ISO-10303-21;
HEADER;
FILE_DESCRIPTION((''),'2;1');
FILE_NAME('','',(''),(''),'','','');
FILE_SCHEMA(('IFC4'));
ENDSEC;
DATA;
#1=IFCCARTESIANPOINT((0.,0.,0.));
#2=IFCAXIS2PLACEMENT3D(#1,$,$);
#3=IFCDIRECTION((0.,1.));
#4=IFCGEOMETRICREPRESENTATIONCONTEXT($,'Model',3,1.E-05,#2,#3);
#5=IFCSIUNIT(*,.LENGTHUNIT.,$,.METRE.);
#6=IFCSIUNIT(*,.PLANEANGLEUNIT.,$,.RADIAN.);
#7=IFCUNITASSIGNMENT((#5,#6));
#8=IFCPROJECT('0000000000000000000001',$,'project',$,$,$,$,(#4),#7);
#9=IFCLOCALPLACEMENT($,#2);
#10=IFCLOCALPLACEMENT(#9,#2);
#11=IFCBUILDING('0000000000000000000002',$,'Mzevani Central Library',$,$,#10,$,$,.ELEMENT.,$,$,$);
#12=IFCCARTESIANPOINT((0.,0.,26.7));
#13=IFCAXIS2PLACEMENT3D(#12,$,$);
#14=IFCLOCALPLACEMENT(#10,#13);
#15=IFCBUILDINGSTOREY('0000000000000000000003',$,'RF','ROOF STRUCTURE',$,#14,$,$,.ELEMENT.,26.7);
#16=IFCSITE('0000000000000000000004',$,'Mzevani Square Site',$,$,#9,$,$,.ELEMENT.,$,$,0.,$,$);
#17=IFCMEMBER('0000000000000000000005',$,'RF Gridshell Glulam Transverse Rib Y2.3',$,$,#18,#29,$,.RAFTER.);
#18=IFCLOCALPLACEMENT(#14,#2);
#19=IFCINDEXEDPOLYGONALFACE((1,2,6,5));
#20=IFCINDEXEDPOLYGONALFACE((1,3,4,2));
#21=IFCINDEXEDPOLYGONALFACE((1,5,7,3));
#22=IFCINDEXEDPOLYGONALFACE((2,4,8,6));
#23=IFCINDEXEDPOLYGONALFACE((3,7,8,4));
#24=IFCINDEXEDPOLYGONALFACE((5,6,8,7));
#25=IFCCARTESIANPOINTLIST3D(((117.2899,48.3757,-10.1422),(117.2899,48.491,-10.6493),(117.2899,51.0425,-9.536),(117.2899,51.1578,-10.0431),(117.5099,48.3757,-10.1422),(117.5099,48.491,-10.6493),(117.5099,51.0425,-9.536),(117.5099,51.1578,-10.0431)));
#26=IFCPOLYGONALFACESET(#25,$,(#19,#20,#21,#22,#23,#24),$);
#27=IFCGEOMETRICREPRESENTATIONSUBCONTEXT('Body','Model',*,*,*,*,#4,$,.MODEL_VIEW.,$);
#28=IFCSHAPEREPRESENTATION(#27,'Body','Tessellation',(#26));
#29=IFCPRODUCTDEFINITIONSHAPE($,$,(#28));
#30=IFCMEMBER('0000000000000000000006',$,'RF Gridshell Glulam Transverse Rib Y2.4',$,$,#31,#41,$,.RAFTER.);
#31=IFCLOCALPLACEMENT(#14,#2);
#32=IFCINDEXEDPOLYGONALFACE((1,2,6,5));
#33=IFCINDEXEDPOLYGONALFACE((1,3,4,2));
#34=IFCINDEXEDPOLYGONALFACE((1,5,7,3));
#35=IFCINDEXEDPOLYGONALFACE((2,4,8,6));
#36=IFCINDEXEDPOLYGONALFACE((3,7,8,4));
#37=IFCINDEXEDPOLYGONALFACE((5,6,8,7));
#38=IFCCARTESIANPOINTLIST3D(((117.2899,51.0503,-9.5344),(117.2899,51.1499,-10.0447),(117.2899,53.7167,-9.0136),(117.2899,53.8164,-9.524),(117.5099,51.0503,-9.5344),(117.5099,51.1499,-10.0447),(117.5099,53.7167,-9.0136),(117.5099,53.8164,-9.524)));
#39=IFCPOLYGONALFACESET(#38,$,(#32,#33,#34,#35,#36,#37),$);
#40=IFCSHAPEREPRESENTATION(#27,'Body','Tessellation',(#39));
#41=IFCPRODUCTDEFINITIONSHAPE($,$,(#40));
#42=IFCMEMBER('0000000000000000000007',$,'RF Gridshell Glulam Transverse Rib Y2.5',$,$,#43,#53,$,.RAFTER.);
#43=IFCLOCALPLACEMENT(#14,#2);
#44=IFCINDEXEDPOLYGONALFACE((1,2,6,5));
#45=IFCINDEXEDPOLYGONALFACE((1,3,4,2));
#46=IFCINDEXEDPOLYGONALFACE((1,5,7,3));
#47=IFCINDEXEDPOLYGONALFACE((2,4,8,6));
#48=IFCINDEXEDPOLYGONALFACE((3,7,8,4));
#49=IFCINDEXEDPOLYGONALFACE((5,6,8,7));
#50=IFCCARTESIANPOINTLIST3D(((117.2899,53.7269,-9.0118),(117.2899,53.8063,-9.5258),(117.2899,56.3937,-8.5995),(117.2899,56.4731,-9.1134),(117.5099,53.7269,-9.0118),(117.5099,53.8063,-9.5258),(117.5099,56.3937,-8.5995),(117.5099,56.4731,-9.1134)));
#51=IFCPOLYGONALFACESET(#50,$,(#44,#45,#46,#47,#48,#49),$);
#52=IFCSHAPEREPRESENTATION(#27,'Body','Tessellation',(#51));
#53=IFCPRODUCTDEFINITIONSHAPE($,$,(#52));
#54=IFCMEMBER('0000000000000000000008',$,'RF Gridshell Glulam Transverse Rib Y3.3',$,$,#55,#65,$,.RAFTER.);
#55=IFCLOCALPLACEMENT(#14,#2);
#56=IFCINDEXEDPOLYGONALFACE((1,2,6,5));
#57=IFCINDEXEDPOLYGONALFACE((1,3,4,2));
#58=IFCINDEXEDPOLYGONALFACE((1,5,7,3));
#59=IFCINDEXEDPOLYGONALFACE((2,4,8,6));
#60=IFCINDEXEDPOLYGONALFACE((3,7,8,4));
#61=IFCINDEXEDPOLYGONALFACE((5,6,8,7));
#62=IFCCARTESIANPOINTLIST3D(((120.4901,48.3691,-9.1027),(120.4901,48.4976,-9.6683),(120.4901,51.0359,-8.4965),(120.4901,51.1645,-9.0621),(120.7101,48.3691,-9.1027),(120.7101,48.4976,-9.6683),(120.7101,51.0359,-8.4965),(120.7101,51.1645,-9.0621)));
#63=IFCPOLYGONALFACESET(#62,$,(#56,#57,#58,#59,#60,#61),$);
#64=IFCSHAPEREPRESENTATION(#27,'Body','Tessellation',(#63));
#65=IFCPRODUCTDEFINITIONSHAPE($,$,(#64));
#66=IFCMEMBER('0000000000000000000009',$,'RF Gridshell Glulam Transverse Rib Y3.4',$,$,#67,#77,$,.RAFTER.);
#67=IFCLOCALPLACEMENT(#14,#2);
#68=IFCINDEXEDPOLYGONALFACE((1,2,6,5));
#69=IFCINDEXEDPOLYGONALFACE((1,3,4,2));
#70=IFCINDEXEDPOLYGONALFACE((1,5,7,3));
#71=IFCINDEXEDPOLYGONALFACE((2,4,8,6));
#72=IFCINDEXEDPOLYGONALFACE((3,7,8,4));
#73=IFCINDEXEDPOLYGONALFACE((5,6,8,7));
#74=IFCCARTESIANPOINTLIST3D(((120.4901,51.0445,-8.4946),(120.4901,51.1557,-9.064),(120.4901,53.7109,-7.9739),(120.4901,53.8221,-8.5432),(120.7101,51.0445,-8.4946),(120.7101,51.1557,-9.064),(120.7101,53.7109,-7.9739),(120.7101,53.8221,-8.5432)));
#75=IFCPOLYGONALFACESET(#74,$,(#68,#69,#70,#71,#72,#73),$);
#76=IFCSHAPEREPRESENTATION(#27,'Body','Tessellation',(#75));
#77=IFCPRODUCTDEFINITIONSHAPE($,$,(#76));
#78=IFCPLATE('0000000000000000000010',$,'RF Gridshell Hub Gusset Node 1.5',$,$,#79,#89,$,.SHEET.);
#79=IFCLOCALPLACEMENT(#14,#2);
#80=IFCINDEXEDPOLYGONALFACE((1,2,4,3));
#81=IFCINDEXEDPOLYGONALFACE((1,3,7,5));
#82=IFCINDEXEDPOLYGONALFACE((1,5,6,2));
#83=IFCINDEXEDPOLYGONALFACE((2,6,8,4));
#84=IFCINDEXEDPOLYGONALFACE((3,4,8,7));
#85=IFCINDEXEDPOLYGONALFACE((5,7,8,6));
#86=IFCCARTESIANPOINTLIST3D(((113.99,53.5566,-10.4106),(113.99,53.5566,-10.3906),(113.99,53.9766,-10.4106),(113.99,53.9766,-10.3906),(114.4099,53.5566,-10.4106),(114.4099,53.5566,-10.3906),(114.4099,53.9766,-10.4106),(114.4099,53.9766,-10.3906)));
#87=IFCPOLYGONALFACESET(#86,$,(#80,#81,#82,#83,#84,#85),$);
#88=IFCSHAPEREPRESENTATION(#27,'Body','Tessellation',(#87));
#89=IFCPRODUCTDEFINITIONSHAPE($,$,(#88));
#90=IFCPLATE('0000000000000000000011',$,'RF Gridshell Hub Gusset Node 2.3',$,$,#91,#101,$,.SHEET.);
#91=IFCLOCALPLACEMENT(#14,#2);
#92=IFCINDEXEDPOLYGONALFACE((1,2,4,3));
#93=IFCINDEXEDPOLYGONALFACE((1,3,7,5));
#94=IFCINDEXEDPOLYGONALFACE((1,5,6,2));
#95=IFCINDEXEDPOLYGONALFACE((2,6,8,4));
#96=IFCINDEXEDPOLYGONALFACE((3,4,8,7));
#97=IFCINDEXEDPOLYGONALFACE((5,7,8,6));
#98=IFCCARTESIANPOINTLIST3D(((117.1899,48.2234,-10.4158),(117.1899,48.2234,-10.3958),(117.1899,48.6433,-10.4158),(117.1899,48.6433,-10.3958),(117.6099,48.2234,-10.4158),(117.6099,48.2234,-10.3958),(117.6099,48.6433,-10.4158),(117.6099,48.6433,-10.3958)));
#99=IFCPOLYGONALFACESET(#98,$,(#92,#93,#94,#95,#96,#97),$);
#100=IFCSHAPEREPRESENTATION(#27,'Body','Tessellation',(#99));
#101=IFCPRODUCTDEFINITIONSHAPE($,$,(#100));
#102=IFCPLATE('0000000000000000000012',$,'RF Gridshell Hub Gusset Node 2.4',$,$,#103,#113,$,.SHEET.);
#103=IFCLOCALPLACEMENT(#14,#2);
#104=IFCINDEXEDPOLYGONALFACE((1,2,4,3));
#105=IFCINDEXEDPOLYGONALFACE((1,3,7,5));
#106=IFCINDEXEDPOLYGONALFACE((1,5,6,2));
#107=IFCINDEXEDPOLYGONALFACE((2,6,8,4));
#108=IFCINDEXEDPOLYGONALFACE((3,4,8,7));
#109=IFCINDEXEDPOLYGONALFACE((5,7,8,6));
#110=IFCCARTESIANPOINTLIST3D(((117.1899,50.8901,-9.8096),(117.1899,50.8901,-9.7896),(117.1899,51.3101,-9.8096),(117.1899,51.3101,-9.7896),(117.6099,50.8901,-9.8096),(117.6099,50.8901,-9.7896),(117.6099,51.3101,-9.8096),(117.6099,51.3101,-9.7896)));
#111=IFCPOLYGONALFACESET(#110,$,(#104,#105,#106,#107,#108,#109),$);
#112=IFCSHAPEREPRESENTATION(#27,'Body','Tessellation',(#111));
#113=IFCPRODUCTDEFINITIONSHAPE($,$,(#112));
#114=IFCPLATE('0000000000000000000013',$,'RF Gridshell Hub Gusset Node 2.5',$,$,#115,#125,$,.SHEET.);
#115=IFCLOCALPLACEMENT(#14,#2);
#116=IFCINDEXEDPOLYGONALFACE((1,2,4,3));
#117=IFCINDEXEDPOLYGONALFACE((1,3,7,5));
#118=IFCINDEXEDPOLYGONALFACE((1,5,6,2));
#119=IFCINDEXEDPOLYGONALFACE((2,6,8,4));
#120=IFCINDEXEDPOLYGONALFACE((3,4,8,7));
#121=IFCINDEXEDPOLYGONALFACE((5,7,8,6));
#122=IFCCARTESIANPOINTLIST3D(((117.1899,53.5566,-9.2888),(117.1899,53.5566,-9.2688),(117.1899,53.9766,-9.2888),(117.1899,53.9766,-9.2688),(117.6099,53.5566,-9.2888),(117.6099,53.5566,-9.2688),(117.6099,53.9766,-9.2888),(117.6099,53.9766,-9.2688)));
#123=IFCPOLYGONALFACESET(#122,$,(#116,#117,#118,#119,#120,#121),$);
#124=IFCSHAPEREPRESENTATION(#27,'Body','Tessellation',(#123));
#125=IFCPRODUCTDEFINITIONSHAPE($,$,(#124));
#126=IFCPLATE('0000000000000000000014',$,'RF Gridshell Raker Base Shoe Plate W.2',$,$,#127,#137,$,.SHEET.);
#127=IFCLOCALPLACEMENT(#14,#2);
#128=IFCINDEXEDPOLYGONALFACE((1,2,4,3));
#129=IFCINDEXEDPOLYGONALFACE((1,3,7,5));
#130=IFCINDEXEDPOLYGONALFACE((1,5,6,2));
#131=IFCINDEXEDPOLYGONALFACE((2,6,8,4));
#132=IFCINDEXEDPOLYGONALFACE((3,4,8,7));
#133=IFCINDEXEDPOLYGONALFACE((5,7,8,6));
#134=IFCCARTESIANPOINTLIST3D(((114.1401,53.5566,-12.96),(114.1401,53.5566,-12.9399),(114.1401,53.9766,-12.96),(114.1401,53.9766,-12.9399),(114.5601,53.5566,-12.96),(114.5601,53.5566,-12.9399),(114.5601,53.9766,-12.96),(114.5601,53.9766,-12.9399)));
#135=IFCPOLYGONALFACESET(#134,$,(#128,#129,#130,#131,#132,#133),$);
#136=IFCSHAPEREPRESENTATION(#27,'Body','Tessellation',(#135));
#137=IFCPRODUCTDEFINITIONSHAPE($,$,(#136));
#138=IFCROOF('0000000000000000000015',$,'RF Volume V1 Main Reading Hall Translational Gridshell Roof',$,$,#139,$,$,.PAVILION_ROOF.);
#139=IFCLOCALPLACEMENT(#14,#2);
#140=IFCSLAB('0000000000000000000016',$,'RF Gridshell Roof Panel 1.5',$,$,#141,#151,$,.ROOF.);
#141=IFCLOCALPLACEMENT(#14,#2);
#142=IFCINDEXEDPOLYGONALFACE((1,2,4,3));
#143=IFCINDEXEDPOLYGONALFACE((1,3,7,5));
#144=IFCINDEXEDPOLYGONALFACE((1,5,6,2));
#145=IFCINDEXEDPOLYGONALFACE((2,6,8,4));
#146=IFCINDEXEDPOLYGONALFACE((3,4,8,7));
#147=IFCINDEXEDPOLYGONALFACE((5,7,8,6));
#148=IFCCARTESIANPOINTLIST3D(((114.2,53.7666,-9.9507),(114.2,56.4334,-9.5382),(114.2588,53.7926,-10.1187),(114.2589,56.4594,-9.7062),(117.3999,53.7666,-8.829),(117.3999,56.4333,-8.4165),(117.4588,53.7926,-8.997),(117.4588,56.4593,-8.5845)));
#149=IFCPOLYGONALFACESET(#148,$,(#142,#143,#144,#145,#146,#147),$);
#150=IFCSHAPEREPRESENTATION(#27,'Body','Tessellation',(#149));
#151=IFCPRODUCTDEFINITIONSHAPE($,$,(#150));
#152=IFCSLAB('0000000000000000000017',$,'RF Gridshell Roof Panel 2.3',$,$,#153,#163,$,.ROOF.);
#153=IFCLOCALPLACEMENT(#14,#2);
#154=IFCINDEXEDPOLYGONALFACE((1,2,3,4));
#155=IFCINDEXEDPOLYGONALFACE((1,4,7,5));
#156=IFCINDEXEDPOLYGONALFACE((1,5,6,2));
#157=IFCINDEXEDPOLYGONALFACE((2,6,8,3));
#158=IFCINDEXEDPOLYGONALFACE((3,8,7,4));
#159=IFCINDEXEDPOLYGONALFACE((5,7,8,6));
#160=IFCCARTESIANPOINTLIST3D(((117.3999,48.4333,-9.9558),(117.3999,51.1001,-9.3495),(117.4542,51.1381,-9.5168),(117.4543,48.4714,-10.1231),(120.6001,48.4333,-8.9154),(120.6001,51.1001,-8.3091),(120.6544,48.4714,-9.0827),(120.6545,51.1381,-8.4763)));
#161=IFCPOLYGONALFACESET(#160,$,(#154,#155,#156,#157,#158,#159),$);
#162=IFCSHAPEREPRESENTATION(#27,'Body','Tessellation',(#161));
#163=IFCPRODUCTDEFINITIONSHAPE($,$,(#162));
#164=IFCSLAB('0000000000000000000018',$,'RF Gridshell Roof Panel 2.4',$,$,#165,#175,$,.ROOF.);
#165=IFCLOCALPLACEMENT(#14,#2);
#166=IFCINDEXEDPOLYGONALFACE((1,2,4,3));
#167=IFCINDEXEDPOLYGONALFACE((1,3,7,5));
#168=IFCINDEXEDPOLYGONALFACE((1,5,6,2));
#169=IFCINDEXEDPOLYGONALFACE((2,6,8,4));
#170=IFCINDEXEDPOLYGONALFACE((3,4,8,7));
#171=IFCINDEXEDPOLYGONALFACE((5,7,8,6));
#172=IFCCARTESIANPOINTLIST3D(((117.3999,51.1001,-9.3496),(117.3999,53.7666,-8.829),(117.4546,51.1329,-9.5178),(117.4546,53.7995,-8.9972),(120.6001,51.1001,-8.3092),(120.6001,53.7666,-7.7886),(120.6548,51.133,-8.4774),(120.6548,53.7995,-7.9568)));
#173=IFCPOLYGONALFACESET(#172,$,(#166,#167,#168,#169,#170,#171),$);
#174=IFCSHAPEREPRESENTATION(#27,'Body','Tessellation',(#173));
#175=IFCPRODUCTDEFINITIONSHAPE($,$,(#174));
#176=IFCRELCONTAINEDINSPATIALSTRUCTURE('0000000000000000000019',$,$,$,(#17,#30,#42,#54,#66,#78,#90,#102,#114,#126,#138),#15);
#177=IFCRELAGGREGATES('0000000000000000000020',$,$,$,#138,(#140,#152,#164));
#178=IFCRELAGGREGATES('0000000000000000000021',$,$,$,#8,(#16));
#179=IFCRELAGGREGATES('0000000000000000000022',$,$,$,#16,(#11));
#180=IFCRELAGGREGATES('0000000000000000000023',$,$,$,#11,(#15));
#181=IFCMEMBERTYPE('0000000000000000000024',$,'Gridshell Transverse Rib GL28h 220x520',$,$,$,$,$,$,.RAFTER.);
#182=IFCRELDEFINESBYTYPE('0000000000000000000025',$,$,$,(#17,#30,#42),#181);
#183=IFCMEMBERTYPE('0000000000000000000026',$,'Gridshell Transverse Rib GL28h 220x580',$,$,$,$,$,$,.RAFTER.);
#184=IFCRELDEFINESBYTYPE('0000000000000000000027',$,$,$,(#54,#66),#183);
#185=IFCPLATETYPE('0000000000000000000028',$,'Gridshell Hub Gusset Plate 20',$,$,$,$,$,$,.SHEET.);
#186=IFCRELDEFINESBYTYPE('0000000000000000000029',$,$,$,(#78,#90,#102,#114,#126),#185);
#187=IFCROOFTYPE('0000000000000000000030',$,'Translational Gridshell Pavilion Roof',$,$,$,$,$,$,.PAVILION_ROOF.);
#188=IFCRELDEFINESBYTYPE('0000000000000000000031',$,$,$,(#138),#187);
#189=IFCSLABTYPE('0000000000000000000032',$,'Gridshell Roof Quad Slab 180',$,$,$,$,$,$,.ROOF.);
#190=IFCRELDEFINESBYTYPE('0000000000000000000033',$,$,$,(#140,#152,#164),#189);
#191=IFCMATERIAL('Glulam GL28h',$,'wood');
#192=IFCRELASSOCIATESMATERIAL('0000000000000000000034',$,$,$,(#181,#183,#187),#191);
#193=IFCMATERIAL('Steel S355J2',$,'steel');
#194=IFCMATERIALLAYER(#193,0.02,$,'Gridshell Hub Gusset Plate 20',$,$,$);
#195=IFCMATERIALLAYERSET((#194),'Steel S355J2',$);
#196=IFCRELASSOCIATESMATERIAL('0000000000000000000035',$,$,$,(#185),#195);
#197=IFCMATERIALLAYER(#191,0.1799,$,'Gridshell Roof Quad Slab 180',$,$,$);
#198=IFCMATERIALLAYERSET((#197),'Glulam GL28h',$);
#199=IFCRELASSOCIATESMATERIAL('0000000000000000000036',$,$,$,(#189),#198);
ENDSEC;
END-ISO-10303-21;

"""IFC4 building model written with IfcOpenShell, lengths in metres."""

from ifc_helpers import new_model, si_unit, direction, frame, origin, origin_2d, place, context, subcontext, project, spatial, polyline, rectangle, outline, extrude, material, layer, layer_set, material_profile, profile_set, type_object, element, aggregate, save


model = new_model("IFC4")

# Units and contexts
model_context = context("Model", 3, precision=1e-05, world=origin(), true_north=direction((0.0, 1.0)))
body_context = subcontext(model_context, "Body", "Model", "MODEL_VIEW")
ifc_project = project(units=[si_unit("LENGTHUNIT", "METRE"), si_unit("PLANEANGLEUNIT", "RADIAN")], contexts=[model_context])

# Site, building, storey
site_placement = place(None, origin())
site = spatial("IfcSite", under=ifc_project, at=site_placement, Name="Mzevani Square Site", CompositionType="ELEMENT", RefElevation=0.0)
building_placement = place(site_placement, origin())
building = spatial("IfcBuilding", under=site, at=building_placement, Name="Mzevani Central Library", CompositionType="ELEMENT")
storey_placement = place(building_placement, frame((0.0, 0.0, 26.7)))
storey = spatial("IfcBuildingStorey", under=building, at=storey_placement, Name="RF", Description="ROOF STRUCTURE", CompositionType="ELEMENT", Elevation=26.7)

# Shared definitions
ifc_material_1 = material(Name="Steel S355J2", Category="steel")
ifc_material_2 = material(Name="Glulam GL28h", Category="wood")

# Members
ifc_material_profile_1 = material_profile(ifc_material_2, rectangle(XDim=0.22, YDim=0.52, at=origin_2d()), Name="GL28h 220x520")
ifc_profile_set_1 = profile_set([ifc_material_profile_1], Name="Glulam GL28h")
member_type_1 = type_object("IfcMemberType", Name="Gridshell Transverse Rib GL28h 220x520", PredefinedType="RAFTER", material=ifc_profile_set_1)
member_1_placement = place(storey_placement, frame((117.3999, 48.4333, -10.3958), z_axis=(0.0, 0.975123, 0.221664), x_axis=(-1.0, 0.0, 0.0)))
element("IfcMember", 1, at=member_1_placement, inside=storey, type_object=member_type_1, Name="RF Gridshell Glulam Transverse Rib Y2.3", PredefinedType="RAFTER", context=body_context, shape_type="SweptSolid", body=[
    extrude(rectangle(XDim=0.22, YDim=0.52, at=origin_2d()), origin(), (0.0, 0.0, 1.0), 2.7349),
])
member_2_placement = place(storey_placement, frame((117.3999, 51.1001, -9.7896), z_axis=(0.0, 0.981459, 0.191673), x_axis=(-1.0, 0.0, 0.0)))
element("IfcMember", 2, at=member_2_placement, inside=storey, type_object=member_type_1, Name="RF Gridshell Glulam Transverse Rib Y2.4", PredefinedType="RAFTER", context=body_context, shape_type="SweptSolid", body=[
    extrude(rectangle(XDim=0.22, YDim=0.52, at=origin_2d()), origin(), (0.0, 0.0, 1.0), 2.7168),
])
member_3_placement = place(storey_placement, frame((117.3999, 53.7666, -9.2688), z_axis=(0.0, 0.988255, 0.152812), x_axis=(-1.0, 0.0, 0.0)))
element("IfcMember", 3, at=member_3_placement, inside=storey, type_object=member_type_1, Name="RF Gridshell Glulam Transverse Rib Y2.5", PredefinedType="RAFTER", context=body_context, shape_type="SweptSolid", body=[
    extrude(rectangle(XDim=0.22, YDim=0.52, at=origin_2d()), origin(), (0.0, 0.0, 1.0), 2.6985),
])
ifc_material_profile_2 = material_profile(ifc_material_2, rectangle(XDim=0.22, YDim=0.5801, at=origin_2d()), Name="GL28h 220x580")
ifc_profile_set_2 = profile_set([ifc_material_profile_2], Name="Glulam GL28h")
member_type_2 = type_object("IfcMemberType", Name="Gridshell Transverse Rib GL28h 220x580", PredefinedType="RAFTER", material=ifc_profile_set_2)
member_4_placement = place(storey_placement, frame((120.6001, 48.4333, -9.3855), z_axis=(0.0, 0.975123, 0.221664), x_axis=(-1.0, 0.0, 0.0)))
element("IfcMember", 4, at=member_4_placement, inside=storey, type_object=member_type_2, Name="RF Gridshell Glulam Transverse Rib Y3.3", PredefinedType="RAFTER", context=body_context, shape_type="SweptSolid", body=[
    extrude(rectangle(XDim=0.22, YDim=0.5801, at=origin_2d()), origin(), (0.0, 0.0, 1.0), 2.7349),
])
member_5_placement = place(storey_placement, frame((120.6001, 51.1001, -8.7793), z_axis=(0.0, 0.981459, 0.191673), x_axis=(-1.0, 0.0, 0.0)))
element("IfcMember", 5, at=member_5_placement, inside=storey, type_object=member_type_2, Name="RF Gridshell Glulam Transverse Rib Y3.4", PredefinedType="RAFTER", context=body_context, shape_type="SweptSolid", body=[
    extrude(rectangle(XDim=0.22, YDim=0.5801, at=origin_2d()), origin(), (0.0, 0.0, 1.0), 2.7168),
])

# Plates
ifc_layer_1 = layer(ifc_material_1, 0.02, Name="Gridshell Hub Gusset Plate 20")
ifc_layer_set_1 = layer_set([ifc_layer_1], Name="Steel S355J2")
plate_type = type_object("IfcPlateType", Name="Gridshell Hub Gusset Plate 20", PredefinedType="SHEET", material=ifc_layer_set_1)
for number, where, z_axis, x_axis, name in (
    (6, (114.2, 53.7666, -10.4106), (0.0, 0.0, 1.0), (1.0, 0.0, 0.0), "RF Gridshell Hub Gusset Node 1.5"),
    (7, (117.3999, 48.4333, -10.4158), (0.0, 0.0, 1.0), (1.0, 0.0, 0.0), "RF Gridshell Hub Gusset Node 2.3"),
    (8, (117.3999, 51.1001, -9.8096), (0.0, 0.0, 1.0), (1.0, 0.0, 0.0), "RF Gridshell Hub Gusset Node 2.4"),
    (9, (117.3999, 53.7666, -9.2888), (0.0, 0.0, 1.0), (1.0, 0.0, 0.0), "RF Gridshell Hub Gusset Node 2.5"),
    (10, (114.3501, 53.7666, -12.96), (0.0, 0.0, 1.0), (1.0, 0.0, 0.0), "RF Gridshell Raker Base Shoe Plate W.2"),
):
    element("IfcPlate", number, at=place(storey_placement, frame(where, z_axis=z_axis, x_axis=x_axis)), inside=storey, type_object=plate_type, Name=name, PredefinedType="SHEET", context=body_context, shape_type="SweptSolid", body=[
        extrude(rectangle(XDim=0.4199, YDim=0.4199, at=origin_2d()), origin(), (0.0, 0.0, 1.0), 0.02),
    ])

# Roof, slabs
roof_type = type_object("IfcRoofType", Name="Translational Gridshell Pavilion Roof", PredefinedType="PAVILION_ROOF", material=ifc_material_2)
roof_placement = place(storey_placement, origin())
roof = element("IfcRoof", 11, at=roof_placement, inside=storey, type_object=roof_type, Name="RF Volume V1 Main Reading Hall Translational Gridshell Roof", PredefinedType="PAVILION_ROOF")
ifc_layer_2 = layer(ifc_material_2, 0.1799, Name="Gridshell Roof Quad Slab 180")
ifc_layer_set_2 = layer_set([ifc_layer_2], Name="Glulam GL28h")
slab_type = type_object("IfcSlabType", Name="Gridshell Roof Quad Slab 180", PredefinedType="ROOF", material=ifc_layer_set_2)
slab_1_placement = place(storey_placement, frame((114.2, 53.7666, -9.9507), z_axis=(-0.327334, -0.144435, 0.933805), x_axis=(0.9437, 0.000005, 0.330803)))
slab_1 = element("IfcSlab", 12, at=slab_1_placement, type_object=slab_type, Name="RF Gridshell Roof Panel 1.5", PredefinedType="ROOF", context=body_context, shape_type="SweptSolid", body=[
    extrude(outline(polyline([(0.0, 0.0), (3.3909, 0.0), (3.5273, 2.695), (0.1365, 2.695), (0.0, 0.0)])), origin(), (0.0, 0.0, -1.0), 0.1799),
])
slab_2_placement = place(storey_placement, frame((117.3999, 48.4333, -9.9558), z_axis=(-0.302194, -0.21134, 0.929523), x_axis=(0.951005, -0.000007, 0.309176)))
slab_2 = element("IfcSlab", 13, at=slab_2_placement, type_object=slab_type, Name="RF Gridshell Roof Panel 2.3", PredefinedType="ROOF", context=body_context, shape_type="SweptSolid", body=[
    extrude(outline(polyline([(0.0, 0.0), (3.365, 0.0), (3.5525, 2.7284), (0.1874, 2.7284), (0.0, 0.0)])), origin(), (0.0, 0.0, -1.0), 0.1799),
])
slab_3_placement = place(storey_placement, frame((117.3999, 51.1001, -9.3496), z_axis=(-0.303982, -0.182561, 0.935022), x_axis=(0.951004, 0.000006, 0.309179)))
slab_3 = element("IfcSlab", 14, at=slab_3_placement, type_object=slab_type, Name="RF Gridshell Roof Panel 2.4", PredefinedType="ROOF", context=body_context, shape_type="SweptSolid", body=[
    extrude(outline(polyline([(0.0, 0.0), (3.3651, 0.0), (3.5261, 2.7121), (0.161, 2.7121), (0.0, 0.0)])), origin(), (0.0, 0.0, -1.0), 0.1799),
])
aggregate(roof, [slab_1, slab_2, slab_3])

save(model, "model.ifc")
